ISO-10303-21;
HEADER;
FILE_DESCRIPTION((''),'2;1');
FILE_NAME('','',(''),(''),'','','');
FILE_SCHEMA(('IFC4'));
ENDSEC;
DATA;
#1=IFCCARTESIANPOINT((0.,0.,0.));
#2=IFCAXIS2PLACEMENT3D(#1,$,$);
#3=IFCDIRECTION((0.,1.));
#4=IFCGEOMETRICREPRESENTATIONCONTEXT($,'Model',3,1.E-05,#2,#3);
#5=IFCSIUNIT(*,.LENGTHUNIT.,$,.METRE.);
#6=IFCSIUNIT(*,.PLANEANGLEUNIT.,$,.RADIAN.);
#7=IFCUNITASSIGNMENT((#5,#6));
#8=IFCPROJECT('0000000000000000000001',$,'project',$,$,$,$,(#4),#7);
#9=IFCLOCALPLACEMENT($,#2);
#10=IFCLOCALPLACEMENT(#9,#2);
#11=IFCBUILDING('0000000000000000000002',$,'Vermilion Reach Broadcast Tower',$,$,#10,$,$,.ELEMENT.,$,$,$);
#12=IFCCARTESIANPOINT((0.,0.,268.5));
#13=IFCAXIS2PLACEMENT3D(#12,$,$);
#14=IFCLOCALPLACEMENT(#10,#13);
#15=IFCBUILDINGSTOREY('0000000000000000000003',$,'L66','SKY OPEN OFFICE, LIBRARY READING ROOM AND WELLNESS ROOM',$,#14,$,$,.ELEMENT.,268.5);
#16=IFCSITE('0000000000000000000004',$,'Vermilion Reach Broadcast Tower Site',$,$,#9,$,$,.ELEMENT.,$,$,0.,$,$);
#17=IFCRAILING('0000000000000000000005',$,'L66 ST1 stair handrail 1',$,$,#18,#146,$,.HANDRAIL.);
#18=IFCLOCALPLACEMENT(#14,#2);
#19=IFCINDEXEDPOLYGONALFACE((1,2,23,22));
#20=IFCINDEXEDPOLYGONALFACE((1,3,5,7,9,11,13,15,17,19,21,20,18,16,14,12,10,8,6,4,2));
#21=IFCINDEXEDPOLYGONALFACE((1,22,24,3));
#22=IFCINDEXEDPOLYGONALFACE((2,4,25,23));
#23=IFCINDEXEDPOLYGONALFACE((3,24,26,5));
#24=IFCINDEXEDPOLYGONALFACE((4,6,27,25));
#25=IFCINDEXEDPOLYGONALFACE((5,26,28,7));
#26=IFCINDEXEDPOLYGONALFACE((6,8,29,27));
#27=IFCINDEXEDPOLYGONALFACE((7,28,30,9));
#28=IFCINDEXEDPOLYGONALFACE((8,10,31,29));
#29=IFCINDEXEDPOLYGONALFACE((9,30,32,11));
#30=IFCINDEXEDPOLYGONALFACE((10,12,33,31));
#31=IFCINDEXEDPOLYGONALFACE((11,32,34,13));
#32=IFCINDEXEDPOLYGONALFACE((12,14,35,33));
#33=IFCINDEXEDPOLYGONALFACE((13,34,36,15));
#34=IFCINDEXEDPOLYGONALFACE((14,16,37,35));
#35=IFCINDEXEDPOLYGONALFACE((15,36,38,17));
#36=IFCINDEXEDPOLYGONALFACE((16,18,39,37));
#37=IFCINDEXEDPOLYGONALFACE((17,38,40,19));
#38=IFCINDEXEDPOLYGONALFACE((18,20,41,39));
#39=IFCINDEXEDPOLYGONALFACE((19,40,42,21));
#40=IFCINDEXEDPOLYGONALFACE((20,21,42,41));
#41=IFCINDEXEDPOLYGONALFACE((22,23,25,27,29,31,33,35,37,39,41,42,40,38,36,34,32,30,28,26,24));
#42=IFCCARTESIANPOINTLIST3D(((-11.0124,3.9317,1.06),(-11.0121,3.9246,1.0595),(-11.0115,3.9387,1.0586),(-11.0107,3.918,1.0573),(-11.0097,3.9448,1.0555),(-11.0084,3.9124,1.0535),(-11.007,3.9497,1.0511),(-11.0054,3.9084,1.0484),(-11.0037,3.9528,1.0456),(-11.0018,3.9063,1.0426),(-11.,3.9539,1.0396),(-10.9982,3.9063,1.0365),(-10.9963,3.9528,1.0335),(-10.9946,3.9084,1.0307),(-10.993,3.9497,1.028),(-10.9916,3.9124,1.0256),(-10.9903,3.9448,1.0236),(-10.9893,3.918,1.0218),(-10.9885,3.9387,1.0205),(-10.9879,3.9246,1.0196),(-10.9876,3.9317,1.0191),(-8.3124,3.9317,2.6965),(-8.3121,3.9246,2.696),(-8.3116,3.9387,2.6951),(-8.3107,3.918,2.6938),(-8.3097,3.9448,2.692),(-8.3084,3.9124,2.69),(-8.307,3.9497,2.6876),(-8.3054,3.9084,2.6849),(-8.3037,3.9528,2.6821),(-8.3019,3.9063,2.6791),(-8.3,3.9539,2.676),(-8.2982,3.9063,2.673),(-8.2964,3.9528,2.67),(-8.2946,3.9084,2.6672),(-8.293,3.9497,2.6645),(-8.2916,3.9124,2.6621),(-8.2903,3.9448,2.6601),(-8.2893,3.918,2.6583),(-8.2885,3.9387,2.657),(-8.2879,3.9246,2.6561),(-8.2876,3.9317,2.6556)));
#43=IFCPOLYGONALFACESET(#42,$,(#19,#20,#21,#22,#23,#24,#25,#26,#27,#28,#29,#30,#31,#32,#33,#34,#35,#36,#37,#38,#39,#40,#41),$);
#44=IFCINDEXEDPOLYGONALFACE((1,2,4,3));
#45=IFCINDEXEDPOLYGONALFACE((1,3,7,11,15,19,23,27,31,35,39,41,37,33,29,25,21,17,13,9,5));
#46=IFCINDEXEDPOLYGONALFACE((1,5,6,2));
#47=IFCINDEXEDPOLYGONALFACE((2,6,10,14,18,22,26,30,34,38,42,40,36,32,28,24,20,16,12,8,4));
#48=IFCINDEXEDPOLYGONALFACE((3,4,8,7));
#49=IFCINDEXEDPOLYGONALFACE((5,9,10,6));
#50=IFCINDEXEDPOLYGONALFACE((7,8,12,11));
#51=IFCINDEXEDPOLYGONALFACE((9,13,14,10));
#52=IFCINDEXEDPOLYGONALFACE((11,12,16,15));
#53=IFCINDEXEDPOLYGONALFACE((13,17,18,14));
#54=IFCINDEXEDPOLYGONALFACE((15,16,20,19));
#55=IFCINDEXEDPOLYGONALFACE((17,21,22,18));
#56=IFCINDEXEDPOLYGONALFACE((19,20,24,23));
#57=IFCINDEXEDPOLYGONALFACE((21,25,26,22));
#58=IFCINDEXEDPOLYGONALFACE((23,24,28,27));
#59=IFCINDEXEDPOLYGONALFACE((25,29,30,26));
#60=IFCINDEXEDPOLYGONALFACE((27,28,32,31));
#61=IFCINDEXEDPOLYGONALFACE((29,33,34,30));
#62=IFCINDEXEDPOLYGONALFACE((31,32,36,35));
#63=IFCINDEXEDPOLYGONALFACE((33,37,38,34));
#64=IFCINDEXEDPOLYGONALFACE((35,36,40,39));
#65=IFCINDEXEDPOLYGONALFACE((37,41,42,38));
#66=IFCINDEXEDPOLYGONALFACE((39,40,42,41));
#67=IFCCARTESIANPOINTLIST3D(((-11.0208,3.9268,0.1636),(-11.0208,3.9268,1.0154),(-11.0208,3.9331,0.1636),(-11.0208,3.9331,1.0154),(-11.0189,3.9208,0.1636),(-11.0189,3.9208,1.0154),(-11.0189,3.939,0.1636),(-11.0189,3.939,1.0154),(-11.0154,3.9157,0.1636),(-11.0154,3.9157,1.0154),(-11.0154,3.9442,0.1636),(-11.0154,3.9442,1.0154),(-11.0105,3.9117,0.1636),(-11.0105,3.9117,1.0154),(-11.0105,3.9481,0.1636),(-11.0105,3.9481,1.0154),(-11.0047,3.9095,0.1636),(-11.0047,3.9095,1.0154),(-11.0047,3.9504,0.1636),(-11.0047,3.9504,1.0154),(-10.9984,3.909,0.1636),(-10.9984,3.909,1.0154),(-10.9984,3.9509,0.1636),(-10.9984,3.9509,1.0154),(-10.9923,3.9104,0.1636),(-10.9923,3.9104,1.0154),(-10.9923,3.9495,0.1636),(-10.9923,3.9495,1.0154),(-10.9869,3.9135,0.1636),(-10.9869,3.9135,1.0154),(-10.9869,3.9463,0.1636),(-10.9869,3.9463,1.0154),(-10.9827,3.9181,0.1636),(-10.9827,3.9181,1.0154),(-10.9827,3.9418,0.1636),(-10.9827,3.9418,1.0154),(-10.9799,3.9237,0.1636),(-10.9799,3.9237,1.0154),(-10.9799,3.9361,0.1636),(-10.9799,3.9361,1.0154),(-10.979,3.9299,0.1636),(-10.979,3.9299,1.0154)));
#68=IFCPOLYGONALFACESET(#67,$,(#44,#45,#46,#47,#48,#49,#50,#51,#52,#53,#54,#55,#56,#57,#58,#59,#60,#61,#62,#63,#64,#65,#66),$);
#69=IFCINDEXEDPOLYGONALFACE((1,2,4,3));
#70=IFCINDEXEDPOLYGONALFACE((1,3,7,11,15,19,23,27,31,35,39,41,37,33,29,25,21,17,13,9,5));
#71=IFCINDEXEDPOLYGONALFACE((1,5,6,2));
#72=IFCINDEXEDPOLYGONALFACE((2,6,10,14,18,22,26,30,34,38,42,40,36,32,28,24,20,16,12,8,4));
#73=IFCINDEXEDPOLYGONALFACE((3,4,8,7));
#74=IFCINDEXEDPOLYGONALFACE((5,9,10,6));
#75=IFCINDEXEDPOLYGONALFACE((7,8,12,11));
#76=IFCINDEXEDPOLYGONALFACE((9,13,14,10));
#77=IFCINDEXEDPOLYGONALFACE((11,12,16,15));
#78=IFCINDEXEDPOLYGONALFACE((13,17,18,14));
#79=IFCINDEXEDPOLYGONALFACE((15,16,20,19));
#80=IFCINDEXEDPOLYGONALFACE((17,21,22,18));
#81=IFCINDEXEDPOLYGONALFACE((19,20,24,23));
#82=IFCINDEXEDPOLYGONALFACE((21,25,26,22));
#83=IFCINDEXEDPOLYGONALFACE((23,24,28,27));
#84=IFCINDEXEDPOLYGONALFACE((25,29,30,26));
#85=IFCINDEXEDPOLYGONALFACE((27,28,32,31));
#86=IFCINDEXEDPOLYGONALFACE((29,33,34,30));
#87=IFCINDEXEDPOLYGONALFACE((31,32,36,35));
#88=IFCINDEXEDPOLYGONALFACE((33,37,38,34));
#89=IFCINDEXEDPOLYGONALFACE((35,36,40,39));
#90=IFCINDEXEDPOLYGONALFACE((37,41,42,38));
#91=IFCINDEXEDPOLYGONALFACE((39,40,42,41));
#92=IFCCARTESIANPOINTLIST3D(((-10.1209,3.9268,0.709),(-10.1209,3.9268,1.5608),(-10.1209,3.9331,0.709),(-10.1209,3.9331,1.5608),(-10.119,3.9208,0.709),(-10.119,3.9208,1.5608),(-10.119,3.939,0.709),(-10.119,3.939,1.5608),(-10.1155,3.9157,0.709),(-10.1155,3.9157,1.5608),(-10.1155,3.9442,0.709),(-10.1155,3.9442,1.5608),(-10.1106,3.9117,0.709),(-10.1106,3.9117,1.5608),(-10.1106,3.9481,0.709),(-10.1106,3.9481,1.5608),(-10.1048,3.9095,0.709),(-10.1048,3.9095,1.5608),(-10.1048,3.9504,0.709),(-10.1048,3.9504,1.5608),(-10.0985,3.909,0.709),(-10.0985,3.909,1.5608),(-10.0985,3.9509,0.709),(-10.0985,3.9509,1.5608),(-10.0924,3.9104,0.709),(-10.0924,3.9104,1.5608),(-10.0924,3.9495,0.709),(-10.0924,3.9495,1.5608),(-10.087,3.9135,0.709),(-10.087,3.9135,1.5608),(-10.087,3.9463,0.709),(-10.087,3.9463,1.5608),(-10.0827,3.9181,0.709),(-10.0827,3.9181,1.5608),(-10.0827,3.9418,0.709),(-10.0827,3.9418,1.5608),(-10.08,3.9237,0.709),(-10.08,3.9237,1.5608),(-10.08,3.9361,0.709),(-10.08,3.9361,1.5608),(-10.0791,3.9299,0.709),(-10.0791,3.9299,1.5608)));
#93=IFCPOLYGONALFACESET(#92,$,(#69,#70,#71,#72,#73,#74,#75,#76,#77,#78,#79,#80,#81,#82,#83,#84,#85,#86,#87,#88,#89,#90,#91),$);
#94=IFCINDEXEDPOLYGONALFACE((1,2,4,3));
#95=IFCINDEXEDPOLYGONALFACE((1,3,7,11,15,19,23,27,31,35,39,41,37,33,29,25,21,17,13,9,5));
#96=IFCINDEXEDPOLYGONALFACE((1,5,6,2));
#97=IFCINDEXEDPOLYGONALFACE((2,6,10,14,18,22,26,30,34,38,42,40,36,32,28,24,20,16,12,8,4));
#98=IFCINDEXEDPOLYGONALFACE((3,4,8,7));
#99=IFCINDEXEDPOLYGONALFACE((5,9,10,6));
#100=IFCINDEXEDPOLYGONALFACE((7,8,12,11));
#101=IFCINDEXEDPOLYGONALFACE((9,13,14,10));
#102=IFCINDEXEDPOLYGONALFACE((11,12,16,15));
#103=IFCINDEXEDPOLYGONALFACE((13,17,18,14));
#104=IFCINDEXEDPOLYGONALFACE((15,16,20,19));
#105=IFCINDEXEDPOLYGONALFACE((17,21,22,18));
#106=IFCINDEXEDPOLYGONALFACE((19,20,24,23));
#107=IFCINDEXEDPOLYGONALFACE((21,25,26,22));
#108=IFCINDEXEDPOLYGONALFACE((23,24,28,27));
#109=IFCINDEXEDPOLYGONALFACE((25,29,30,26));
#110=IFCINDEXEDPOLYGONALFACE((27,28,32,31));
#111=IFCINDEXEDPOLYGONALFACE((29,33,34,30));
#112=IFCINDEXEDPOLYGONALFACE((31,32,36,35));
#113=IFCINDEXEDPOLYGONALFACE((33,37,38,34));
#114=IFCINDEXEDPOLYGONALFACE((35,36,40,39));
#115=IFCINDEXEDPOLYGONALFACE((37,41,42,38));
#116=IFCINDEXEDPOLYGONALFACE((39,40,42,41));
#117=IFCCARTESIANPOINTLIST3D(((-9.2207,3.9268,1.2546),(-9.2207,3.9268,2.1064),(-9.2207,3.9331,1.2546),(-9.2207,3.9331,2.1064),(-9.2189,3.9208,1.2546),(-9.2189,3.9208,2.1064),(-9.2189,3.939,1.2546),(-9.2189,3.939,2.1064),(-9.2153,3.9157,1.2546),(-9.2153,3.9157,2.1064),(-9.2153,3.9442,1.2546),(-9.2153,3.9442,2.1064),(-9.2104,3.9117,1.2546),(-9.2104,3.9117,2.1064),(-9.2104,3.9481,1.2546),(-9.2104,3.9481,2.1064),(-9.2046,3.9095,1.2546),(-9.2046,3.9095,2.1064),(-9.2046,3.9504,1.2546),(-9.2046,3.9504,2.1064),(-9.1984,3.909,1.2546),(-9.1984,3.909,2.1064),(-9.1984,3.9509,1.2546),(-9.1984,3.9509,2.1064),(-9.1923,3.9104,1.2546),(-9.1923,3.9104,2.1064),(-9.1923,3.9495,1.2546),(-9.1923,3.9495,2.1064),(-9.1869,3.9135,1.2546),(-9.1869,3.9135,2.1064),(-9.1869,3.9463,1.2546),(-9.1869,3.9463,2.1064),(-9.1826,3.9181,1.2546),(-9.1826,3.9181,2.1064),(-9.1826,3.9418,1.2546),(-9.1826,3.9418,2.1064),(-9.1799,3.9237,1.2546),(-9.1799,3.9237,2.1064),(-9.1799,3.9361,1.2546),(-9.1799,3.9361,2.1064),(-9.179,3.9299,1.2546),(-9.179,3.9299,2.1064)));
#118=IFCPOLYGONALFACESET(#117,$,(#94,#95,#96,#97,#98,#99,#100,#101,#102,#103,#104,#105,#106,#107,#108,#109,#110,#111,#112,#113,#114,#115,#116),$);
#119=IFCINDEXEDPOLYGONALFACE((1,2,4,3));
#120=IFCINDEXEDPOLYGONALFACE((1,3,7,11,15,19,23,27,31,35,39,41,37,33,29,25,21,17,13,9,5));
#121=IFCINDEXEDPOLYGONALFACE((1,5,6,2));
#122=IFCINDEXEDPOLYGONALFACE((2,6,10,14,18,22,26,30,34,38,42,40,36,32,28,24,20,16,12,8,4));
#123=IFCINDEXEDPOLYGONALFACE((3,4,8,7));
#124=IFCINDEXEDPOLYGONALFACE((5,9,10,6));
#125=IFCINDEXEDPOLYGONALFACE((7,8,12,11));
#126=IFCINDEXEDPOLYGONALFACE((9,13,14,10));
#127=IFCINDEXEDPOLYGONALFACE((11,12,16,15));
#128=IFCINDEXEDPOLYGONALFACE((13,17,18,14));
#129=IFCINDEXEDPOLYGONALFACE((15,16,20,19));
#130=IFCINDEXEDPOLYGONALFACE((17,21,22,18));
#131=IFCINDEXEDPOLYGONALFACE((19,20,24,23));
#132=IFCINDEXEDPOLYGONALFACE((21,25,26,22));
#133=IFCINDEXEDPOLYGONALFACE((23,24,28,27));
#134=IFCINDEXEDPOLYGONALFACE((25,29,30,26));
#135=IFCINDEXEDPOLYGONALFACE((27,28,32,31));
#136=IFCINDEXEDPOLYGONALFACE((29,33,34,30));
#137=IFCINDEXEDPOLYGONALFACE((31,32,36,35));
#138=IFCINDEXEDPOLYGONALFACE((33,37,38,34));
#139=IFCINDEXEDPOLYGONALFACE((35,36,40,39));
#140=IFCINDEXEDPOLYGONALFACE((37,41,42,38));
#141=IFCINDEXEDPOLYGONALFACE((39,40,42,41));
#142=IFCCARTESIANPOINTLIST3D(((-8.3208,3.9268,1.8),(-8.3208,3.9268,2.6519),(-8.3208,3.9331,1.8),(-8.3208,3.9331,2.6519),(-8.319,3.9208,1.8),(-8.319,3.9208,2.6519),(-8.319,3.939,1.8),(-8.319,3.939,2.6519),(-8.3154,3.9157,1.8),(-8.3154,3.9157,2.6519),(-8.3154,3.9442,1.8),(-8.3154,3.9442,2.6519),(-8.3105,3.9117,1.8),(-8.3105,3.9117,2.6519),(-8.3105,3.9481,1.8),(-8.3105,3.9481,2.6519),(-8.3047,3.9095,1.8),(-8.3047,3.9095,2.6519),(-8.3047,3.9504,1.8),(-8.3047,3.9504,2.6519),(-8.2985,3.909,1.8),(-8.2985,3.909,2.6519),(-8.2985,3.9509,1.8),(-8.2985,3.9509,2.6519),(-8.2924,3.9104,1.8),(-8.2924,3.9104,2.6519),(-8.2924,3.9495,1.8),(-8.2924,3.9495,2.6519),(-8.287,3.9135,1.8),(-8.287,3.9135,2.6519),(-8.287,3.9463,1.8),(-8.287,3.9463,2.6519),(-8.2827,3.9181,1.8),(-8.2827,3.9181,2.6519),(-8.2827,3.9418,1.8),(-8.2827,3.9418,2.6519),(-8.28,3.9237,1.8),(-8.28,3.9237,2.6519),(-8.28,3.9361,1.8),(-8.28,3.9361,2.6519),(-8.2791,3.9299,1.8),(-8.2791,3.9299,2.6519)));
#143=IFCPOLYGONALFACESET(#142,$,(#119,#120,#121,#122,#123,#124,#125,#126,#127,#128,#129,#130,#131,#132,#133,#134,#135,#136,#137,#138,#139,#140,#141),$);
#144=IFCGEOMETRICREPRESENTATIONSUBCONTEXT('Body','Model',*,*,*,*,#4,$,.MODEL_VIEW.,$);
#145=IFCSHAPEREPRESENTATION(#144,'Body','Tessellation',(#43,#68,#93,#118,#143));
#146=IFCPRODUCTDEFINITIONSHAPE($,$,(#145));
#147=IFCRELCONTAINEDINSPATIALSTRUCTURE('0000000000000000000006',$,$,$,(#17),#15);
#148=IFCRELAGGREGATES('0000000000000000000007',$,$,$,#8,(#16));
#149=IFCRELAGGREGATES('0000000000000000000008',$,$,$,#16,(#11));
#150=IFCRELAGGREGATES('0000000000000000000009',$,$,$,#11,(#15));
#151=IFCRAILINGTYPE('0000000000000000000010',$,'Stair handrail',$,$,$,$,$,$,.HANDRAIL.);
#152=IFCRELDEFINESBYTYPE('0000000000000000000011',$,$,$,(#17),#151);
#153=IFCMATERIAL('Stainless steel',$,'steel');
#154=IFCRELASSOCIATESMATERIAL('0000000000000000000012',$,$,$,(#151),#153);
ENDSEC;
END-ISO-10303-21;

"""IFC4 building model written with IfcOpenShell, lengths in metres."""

from ifc_helpers import new_model, si_unit, direction, frame, origin, origin_2d, place, context, subcontext, project, spatial, circle, extrude, material, type_object, element, save


model = new_model("IFC4")

# Units and contexts
model_context = context("Model", 3, precision=1e-05, world=origin(), true_north=direction((0.0, 1.0)))
body_context = subcontext(model_context, "Body", "Model", "MODEL_VIEW")
ifc_project = project(units=[si_unit("LENGTHUNIT", "METRE"), si_unit("PLANEANGLEUNIT", "RADIAN")], contexts=[model_context])

# Site, building, storey
site_placement = place(None, origin())
site = spatial("IfcSite", under=ifc_project, at=site_placement, Name="Vermilion Reach Broadcast Tower Site", CompositionType="ELEMENT", RefElevation=0.0)
building_placement = place(site_placement, origin())
building = spatial("IfcBuilding", under=site, at=building_placement, Name="Vermilion Reach Broadcast Tower", CompositionType="ELEMENT")
storey_placement = place(building_placement, frame((0.0, 0.0, 268.5)))
storey = spatial("IfcBuildingStorey", under=building, at=storey_placement, Name="L66", Description="SKY OPEN OFFICE, LIBRARY READING ROOM AND WELLNESS ROOM", CompositionType="ELEMENT", Elevation=268.5)

# Railing
ifc_material_1 = material(Name="Stainless steel", Category="steel")
railing_type_1 = type_object("IfcRailingType", Name="Stair handrail", PredefinedType="HANDRAIL", material=ifc_material_1)
railing_1_placement = place(storey_placement, frame((-11.0, 3.9299, 0.1636)))
element("IfcRailing", 1, at=railing_1_placement, inside=storey, type_object=railing_type_1, Name="L66 ST1 stair handrail 1", PredefinedType="HANDRAIL", context=body_context, shape_type="SweptSolid", body=[
    extrude(circle(Radius=0.0239, at=origin_2d()), frame((0.0, 0.0, 0.876), z_axis=(0.855178, 0.0, 0.518334), x_axis=(0.0, 1.0, 0.0)), (0.0, 0.0, 1.0), 3.1572),
    extrude(circle(Radius=0.021, at=origin_2d()), origin(), (0.0, 0.0, 1.0), 0.8518),
    extrude(circle(Radius=0.021, at=origin_2d()), frame((0.8999, 0.0, 0.5454)), (0.0, 0.0, 1.0), 0.8518),
    extrude(circle(Radius=0.021, at=origin_2d()), frame((1.8, 0.0, 1.0911)), (0.0, 0.0, 1.0), 0.8518),
    extrude(circle(Radius=0.021, at=origin_2d()), frame((2.7, 0.0, 1.6365)), (0.0, 0.0, 1.0), 0.8518),
])

save(model, "model.ifc")
